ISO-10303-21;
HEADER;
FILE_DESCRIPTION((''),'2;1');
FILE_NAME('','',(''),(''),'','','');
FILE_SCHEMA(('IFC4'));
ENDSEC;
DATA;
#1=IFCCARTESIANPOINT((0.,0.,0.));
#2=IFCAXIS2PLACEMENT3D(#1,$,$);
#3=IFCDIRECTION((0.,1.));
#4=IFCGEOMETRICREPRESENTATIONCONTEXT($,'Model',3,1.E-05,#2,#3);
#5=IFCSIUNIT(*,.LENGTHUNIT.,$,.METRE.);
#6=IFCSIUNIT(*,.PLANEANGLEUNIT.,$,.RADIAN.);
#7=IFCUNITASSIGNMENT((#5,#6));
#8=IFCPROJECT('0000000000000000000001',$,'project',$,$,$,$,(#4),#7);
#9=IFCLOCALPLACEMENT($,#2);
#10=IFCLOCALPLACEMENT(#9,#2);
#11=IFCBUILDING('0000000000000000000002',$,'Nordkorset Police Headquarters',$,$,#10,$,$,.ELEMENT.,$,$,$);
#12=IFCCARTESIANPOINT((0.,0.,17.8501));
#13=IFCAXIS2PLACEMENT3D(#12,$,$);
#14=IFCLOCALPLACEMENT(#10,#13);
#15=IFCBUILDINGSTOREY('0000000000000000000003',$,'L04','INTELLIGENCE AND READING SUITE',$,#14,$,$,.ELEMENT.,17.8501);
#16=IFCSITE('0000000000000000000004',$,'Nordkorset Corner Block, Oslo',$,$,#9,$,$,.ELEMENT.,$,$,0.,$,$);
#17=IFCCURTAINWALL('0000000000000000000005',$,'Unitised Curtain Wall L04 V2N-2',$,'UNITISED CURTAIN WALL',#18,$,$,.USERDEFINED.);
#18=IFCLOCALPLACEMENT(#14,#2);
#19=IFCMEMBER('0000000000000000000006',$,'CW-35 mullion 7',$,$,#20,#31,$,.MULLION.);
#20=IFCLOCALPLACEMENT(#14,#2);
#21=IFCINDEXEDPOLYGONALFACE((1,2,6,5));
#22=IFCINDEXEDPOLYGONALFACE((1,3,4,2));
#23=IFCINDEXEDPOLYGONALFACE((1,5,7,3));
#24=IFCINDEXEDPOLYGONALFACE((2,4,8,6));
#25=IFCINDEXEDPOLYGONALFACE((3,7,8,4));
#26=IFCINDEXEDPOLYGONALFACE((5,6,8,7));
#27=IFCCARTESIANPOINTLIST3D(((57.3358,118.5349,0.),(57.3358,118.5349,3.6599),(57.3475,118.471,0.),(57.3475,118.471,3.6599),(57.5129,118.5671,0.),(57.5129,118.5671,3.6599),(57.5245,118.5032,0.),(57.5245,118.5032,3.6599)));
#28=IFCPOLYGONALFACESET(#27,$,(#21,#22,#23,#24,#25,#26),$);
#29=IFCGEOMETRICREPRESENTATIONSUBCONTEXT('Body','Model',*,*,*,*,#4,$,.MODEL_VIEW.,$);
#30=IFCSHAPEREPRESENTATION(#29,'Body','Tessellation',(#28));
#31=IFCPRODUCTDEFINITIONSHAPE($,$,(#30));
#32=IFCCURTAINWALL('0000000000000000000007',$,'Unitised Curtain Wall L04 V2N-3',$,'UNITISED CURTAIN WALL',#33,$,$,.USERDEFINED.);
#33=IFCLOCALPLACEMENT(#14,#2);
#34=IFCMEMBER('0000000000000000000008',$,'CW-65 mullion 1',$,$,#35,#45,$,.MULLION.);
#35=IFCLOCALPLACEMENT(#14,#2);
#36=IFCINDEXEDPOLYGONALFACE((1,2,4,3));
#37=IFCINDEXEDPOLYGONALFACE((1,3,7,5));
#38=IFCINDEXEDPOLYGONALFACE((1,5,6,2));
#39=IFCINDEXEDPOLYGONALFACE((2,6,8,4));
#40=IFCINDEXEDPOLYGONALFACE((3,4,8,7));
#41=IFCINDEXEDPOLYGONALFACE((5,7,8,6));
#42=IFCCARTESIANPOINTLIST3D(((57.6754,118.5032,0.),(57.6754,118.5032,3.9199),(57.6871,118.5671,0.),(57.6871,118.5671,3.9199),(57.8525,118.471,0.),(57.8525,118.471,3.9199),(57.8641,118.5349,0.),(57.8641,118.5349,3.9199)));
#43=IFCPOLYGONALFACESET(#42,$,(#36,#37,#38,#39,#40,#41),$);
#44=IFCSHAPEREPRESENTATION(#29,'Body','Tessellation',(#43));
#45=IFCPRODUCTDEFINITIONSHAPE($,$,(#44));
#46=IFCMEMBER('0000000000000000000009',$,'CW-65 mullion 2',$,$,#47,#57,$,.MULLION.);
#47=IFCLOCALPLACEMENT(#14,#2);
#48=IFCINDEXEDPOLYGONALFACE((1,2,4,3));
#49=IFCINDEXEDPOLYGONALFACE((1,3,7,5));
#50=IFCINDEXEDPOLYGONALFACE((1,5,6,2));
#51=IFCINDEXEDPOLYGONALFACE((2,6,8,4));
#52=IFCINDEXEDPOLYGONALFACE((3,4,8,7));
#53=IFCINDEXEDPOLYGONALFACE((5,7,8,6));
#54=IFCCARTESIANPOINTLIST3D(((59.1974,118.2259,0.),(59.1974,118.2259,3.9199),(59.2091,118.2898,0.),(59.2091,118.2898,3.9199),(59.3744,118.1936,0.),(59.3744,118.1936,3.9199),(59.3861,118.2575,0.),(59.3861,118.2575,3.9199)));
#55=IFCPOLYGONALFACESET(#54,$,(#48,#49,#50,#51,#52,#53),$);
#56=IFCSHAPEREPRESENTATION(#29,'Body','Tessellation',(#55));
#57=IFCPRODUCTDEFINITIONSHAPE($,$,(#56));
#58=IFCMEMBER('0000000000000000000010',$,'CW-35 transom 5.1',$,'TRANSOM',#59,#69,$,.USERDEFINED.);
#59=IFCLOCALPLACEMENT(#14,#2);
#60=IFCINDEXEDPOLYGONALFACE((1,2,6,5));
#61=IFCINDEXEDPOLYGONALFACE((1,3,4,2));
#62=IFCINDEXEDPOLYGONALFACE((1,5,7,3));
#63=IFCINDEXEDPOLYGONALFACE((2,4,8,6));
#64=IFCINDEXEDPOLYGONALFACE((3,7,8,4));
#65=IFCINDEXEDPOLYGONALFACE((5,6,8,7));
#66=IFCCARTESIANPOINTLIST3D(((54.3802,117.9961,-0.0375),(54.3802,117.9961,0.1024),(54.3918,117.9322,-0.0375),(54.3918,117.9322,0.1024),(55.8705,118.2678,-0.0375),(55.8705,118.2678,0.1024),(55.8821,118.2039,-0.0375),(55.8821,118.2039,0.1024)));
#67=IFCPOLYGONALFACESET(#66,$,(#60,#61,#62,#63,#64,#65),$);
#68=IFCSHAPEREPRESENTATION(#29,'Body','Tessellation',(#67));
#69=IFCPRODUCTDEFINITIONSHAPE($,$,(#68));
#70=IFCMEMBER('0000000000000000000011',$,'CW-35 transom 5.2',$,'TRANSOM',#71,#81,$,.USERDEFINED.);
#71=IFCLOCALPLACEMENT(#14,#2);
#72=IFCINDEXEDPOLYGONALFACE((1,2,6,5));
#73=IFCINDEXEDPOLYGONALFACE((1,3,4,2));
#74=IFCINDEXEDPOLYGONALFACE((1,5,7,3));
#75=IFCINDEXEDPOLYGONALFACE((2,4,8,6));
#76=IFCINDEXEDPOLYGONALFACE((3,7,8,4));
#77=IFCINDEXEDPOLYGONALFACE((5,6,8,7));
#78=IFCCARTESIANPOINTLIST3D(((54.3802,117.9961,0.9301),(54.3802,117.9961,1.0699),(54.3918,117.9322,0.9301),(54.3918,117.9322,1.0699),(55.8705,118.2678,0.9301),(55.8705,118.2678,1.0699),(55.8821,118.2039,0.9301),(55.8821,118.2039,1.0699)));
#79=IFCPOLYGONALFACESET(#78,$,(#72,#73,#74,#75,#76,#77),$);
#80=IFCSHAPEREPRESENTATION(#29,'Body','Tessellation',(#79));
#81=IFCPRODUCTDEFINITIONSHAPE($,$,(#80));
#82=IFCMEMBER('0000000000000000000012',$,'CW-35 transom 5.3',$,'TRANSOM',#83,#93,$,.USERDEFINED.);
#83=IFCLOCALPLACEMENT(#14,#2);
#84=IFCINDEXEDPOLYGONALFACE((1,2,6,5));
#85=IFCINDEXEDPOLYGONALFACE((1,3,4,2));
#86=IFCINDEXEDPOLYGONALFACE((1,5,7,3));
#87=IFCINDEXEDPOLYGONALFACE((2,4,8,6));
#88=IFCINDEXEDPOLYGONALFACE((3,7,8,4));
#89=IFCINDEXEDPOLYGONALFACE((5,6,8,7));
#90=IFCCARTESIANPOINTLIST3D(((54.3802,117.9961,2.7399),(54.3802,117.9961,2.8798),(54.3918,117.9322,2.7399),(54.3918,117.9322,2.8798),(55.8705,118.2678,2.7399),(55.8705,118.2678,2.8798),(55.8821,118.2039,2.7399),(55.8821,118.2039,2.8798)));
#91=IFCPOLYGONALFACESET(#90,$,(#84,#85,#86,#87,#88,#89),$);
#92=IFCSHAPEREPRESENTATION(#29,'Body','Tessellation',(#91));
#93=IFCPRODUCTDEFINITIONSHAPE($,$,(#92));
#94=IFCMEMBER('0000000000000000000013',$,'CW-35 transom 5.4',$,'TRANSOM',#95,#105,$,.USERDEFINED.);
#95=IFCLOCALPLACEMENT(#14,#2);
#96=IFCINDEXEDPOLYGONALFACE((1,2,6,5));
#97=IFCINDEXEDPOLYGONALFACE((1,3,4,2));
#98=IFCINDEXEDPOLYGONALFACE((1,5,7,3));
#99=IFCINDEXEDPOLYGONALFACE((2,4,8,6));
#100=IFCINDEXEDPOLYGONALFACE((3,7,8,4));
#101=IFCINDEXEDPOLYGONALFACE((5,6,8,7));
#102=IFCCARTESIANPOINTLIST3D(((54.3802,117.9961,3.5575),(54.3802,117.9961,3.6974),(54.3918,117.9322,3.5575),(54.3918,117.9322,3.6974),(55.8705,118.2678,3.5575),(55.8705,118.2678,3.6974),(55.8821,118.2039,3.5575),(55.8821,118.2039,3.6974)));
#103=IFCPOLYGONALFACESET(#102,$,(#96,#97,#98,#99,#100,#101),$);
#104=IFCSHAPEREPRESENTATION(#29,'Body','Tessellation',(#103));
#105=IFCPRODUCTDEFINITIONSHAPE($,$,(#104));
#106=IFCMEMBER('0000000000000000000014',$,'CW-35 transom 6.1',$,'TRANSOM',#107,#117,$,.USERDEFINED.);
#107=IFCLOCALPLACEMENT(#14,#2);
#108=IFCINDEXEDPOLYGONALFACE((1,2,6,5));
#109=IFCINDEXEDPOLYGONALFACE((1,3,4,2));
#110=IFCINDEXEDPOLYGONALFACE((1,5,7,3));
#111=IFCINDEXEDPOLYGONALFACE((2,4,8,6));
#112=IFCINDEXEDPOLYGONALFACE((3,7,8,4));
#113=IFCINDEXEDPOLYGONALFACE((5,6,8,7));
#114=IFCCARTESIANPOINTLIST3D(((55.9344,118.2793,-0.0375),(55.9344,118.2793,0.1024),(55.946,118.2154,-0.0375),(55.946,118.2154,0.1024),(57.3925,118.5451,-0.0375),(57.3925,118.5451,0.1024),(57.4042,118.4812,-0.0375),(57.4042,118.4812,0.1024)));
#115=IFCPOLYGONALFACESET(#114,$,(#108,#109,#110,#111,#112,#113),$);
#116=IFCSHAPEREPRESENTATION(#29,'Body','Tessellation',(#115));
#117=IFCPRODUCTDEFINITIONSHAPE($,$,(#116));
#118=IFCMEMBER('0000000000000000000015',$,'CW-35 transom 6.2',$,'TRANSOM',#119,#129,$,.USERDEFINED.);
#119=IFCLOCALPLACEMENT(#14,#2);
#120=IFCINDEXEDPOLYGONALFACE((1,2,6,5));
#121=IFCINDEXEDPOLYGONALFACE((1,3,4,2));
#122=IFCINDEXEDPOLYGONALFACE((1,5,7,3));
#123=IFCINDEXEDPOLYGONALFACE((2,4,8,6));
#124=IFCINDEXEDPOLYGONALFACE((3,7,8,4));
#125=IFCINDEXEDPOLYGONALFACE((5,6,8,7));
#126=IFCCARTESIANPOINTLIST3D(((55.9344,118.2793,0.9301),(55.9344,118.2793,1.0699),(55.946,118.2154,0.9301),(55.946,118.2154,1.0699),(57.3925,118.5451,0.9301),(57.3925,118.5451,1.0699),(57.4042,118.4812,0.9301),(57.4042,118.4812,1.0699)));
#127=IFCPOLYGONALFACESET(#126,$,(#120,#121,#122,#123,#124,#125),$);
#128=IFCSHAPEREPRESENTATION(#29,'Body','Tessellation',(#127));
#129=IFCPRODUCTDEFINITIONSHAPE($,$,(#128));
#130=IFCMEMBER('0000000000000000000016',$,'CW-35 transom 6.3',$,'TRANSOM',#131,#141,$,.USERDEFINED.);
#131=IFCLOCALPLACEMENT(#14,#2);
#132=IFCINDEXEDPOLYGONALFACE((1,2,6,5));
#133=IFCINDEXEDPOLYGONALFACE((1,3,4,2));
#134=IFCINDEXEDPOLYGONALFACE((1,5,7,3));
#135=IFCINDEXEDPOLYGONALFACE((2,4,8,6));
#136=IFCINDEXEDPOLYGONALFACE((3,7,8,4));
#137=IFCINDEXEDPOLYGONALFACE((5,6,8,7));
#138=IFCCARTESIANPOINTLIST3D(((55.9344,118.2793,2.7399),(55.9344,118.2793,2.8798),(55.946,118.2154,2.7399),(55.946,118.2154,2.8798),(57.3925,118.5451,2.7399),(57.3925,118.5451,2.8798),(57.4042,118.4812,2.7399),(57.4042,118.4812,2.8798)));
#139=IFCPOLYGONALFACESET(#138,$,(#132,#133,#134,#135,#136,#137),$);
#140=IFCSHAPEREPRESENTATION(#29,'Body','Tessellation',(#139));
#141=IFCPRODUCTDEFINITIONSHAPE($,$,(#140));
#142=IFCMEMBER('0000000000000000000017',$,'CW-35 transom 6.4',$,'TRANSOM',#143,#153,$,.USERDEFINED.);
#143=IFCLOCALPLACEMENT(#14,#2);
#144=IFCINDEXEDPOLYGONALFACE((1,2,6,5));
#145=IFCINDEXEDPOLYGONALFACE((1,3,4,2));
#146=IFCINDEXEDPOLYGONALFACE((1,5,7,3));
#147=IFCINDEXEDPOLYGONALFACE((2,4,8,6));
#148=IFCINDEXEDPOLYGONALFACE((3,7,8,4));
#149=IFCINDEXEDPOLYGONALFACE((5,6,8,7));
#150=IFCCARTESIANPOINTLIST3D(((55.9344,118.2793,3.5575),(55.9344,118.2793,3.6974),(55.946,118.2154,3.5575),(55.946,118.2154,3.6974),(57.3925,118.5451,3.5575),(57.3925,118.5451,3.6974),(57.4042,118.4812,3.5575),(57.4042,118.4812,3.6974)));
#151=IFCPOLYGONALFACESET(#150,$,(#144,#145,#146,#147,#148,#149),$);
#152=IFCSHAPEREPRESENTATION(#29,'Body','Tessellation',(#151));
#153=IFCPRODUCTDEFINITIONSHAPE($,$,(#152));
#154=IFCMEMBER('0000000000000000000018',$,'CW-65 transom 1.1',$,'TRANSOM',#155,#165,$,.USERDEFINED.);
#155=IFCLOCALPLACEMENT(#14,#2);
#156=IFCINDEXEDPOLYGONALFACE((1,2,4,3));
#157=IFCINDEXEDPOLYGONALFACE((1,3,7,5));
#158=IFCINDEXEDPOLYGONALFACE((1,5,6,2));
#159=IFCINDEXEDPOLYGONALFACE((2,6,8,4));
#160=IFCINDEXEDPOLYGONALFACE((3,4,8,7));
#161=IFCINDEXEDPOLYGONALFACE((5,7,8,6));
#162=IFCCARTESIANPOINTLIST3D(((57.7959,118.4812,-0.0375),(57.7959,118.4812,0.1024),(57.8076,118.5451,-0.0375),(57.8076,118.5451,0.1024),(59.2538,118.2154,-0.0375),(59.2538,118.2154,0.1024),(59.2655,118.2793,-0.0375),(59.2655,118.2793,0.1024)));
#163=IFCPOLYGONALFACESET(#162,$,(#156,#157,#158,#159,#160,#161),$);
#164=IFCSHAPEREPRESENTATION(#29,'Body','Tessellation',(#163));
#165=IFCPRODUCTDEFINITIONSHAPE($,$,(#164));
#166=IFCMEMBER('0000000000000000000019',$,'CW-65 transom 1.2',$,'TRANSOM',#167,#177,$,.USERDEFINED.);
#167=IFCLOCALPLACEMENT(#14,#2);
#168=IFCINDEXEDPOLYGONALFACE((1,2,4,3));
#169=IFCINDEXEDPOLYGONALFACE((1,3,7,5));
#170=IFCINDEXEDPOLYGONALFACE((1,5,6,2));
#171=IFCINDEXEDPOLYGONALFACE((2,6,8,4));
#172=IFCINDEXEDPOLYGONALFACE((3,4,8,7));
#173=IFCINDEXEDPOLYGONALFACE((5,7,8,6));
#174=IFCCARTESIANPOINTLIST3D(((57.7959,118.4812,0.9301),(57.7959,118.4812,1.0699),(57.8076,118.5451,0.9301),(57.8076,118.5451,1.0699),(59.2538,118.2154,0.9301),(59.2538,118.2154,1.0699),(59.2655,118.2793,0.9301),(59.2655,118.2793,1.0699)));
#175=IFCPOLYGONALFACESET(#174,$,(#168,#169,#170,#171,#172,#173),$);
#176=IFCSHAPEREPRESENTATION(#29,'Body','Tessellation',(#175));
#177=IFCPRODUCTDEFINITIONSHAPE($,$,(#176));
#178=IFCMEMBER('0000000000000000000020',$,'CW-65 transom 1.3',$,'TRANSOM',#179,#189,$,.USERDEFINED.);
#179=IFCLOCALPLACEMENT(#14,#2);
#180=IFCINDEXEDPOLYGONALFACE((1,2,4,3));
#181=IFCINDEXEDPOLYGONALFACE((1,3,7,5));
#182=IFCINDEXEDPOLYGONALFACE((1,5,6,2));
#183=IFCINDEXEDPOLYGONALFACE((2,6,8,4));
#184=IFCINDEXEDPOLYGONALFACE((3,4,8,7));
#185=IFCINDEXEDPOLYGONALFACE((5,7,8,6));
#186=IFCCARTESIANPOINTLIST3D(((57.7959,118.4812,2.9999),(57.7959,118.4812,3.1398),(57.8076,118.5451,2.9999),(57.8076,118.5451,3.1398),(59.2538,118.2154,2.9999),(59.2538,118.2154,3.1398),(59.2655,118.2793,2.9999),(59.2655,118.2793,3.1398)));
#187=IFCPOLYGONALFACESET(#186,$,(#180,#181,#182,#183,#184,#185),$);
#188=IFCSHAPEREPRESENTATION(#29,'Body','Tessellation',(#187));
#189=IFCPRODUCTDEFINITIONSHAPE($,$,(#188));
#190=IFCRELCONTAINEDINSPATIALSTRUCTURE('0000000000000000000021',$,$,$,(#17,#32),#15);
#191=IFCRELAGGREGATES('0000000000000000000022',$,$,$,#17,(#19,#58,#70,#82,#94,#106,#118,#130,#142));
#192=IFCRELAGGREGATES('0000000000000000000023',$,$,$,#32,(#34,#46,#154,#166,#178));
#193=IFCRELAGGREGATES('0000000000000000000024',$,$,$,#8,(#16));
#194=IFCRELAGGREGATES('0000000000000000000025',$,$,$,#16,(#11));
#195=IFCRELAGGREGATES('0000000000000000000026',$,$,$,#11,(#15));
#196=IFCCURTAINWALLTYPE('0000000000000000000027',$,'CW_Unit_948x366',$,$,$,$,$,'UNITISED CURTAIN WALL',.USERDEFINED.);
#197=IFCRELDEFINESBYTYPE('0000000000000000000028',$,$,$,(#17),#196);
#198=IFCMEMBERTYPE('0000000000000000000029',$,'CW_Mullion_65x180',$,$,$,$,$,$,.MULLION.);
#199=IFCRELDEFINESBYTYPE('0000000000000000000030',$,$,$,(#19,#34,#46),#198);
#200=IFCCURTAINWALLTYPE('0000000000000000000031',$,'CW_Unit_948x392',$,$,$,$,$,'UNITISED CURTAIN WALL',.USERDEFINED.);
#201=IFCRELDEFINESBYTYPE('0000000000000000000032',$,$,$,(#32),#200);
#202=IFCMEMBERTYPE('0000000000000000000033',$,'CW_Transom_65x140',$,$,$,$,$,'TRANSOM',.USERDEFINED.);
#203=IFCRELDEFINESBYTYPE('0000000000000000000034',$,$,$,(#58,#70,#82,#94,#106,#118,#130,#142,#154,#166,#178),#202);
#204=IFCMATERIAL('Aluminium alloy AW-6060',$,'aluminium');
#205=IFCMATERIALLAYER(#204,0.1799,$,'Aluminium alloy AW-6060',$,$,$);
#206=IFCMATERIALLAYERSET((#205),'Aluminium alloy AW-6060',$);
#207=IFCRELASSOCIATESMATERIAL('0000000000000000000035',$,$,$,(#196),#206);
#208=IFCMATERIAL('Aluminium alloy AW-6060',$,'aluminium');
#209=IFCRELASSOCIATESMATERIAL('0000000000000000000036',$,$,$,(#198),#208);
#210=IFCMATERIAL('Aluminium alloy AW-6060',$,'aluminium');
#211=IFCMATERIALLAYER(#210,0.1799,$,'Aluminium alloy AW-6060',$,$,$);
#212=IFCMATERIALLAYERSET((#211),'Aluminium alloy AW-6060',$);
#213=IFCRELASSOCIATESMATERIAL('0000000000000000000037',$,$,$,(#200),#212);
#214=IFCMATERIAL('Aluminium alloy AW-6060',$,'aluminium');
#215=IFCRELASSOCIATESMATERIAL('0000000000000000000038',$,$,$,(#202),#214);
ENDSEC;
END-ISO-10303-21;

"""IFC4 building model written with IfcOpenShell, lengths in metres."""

from ifc_helpers import new_model, si_unit, direction, frame, origin, origin_2d, place, context, subcontext, project, spatial, rectangle, extrude, material, layer, layer_set, material_profile, profile_set, type_object, element, aggregate, save


model = new_model("IFC4")

# Units and contexts
model_context = context("Model", 3, precision=1e-05, world=origin(), true_north=direction((0.0, 1.0)))
body_context = subcontext(model_context, "Body", "Model", "MODEL_VIEW")
ifc_project = project(units=[si_unit("LENGTHUNIT", "METRE"), si_unit("PLANEANGLEUNIT", "RADIAN")], contexts=[model_context])

# Site, building, storey
site_placement = place(None, origin())
site = spatial("IfcSite", under=ifc_project, at=site_placement, Name="Nordkorset Corner Block, Oslo", CompositionType="ELEMENT", RefElevation=0.0)
building_placement = place(site_placement, origin())
building = spatial("IfcBuilding", under=site, at=building_placement, Name="Nordkorset Police Headquarters", CompositionType="ELEMENT")
storey_placement = place(building_placement, frame((0.0, 0.0, 17.8501)))
storey = spatial("IfcBuildingStorey", under=building, at=storey_placement, Name="L04", Description="INTELLIGENCE AND READING SUITE", CompositionType="ELEMENT", Elevation=17.8501)

# Curtain walls, members
ifc_material_1 = material(Name="Aluminium alloy AW-6060", Category="aluminium")
ifc_layer_1 = layer(ifc_material_1, 0.1799, Name="Aluminium alloy AW-6060")
ifc_layer_set_1 = layer_set([ifc_layer_1], Name="Aluminium alloy AW-6060")
curtain_wall_type_1 = type_object("IfcCurtainWallType", Name="CW_Unit_948x366", ElementType="UNITISED CURTAIN WALL", PredefinedType="USERDEFINED", material=ifc_layer_set_1)
curtain_wall_1_placement = place(storey_placement, origin())
curtain_wall_1 = element("IfcCurtainWall", 1, at=curtain_wall_1_placement, inside=storey, type_object=curtain_wall_type_1, Name="Unitised Curtain Wall L04 V2N-2", ObjectType="UNITISED CURTAIN WALL", PredefinedType="USERDEFINED")
ifc_material_2 = material(Name="Aluminium alloy AW-6060", Category="aluminium")
ifc_material_profile_1 = material_profile(ifc_material_2, rectangle(XDim=0.0649, YDim=0.1799, at=origin_2d()), Name="ALU MULL 65x180")
ifc_profile_set_1 = profile_set([ifc_material_profile_1], Name="Aluminium alloy AW-6060")
member_type_1 = type_object("IfcMemberType", Name="CW_Mullion_65x180", PredefinedType="MULLION", material=ifc_profile_set_1)
member_1_placement = place(storey_placement, frame((57.4302, 118.519, 0.0), z_axis=(0.0, 0.0, 1.0), x_axis=(-0.179336, 0.983788, 0.0)))
member_1 = element("IfcMember", 2, at=member_1_placement, type_object=member_type_1, Name="CW-35 mullion 7", PredefinedType="MULLION", context=body_context, shape_type="SweptSolid", body=[
    extrude(rectangle(XDim=0.0649, YDim=0.1799, at=origin_2d()), origin(), (0.0, 0.0, 1.0), 3.6599),
])
ifc_material_3 = material(Name="Aluminium alloy AW-6060", Category="aluminium")
ifc_layer_2 = layer(ifc_material_3, 0.1799, Name="Aluminium alloy AW-6060")
ifc_layer_set_2 = layer_set([ifc_layer_2], Name="Aluminium alloy AW-6060")
curtain_wall_type_2 = type_object("IfcCurtainWallType", Name="CW_Unit_948x392", ElementType="UNITISED CURTAIN WALL", PredefinedType="USERDEFINED", material=ifc_layer_set_2)
curtain_wall_2_placement = place(storey_placement, origin())
curtain_wall_2 = element("IfcCurtainWall", 3, at=curtain_wall_2_placement, inside=storey, type_object=curtain_wall_type_2, Name="Unitised Curtain Wall L04 V2N-3", ObjectType="UNITISED CURTAIN WALL", PredefinedType="USERDEFINED")
member_2_placement = place(storey_placement, frame((57.7698, 118.519, 0.0), z_axis=(0.0, 0.0, 1.0), x_axis=(0.179336, 0.983788, 0.0)))
member_2 = element("IfcMember", 4, at=member_2_placement, type_object=member_type_1, Name="CW-65 mullion 1", PredefinedType="MULLION", context=body_context, shape_type="SweptSolid", body=[
    extrude(rectangle(XDim=0.0649, YDim=0.1799, at=origin_2d()), origin(), (0.0, 0.0, 1.0), 3.9199),
])
member_3_placement = place(storey_placement, frame((59.2917, 118.2417, 0.0), z_axis=(0.0, 0.0, 1.0), x_axis=(0.179336, 0.983788, 0.0)))
member_3 = element("IfcMember", 5, at=member_3_placement, type_object=member_type_1, Name="CW-65 mullion 2", PredefinedType="MULLION", context=body_context, shape_type="SweptSolid", body=[
    extrude(rectangle(XDim=0.0649, YDim=0.1799, at=origin_2d()), origin(), (0.0, 0.0, 1.0), 3.9199),
])

# Members
ifc_material_4 = material(Name="Aluminium alloy AW-6060", Category="aluminium")
ifc_material_profile_2 = material_profile(ifc_material_4, rectangle(XDim=0.0649, YDim=0.1399, at=origin_2d()), Name="ALU TRAN 65x140")
ifc_profile_set_2 = profile_set([ifc_material_profile_2], Name="Aluminium alloy AW-6060")
member_type_2 = type_object("IfcMemberType", Name="CW_Transom_65x140", ElementType="TRANSOM", PredefinedType="USERDEFINED", material=ifc_profile_set_2)
member_4_placement = place(storey_placement, frame((54.386, 117.9641, 0.0325), z_axis=(0.98378, 0.179382, 0.0), x_axis=(-0.179382, 0.98378, 0.0)))
member_4 = element("IfcMember", 6, at=member_4_placement, type_object=member_type_2, Name="CW-35 transom 5.1", ObjectType="TRANSOM", PredefinedType="USERDEFINED", context=body_context, shape_type="SweptSolid", body=[
    extrude(rectangle(XDim=0.0649, YDim=0.1399, at=origin_2d()), origin(), (0.0, 0.0, 1.0), 1.5149),
])
member_5_placement = place(storey_placement, frame((54.386, 117.9641, 1.0), z_axis=(0.98378, 0.179382, 0.0), x_axis=(-0.179382, 0.98378, 0.0)))
member_5 = element("IfcMember", 7, at=member_5_placement, type_object=member_type_2, Name="CW-35 transom 5.2", ObjectType="TRANSOM", PredefinedType="USERDEFINED", context=body_context, shape_type="SweptSolid", body=[
    extrude(rectangle(XDim=0.0649, YDim=0.1399, at=origin_2d()), origin(), (0.0, 0.0, 1.0), 1.5149),
])
member_6_placement = place(storey_placement, frame((54.386, 117.9641, 2.8098), z_axis=(0.98378, 0.179382, 0.0), x_axis=(-0.179382, 0.98378, 0.0)))
member_6 = element("IfcMember", 8, at=member_6_placement, type_object=member_type_2, Name="CW-35 transom 5.3", ObjectType="TRANSOM", PredefinedType="USERDEFINED", context=body_context, shape_type="SweptSolid", body=[
    extrude(rectangle(XDim=0.0649, YDim=0.1399, at=origin_2d()), origin(), (0.0, 0.0, 1.0), 1.5149),
])
member_7_placement = place(storey_placement, frame((54.386, 117.9641, 3.6274), z_axis=(0.98378, 0.179382, 0.0), x_axis=(-0.179382, 0.98378, 0.0)))
member_7 = element("IfcMember", 9, at=member_7_placement, type_object=member_type_2, Name="CW-35 transom 5.4", ObjectType="TRANSOM", PredefinedType="USERDEFINED", context=body_context, shape_type="SweptSolid", body=[
    extrude(rectangle(XDim=0.0649, YDim=0.1399, at=origin_2d()), origin(), (0.0, 0.0, 1.0), 1.5149),
])
member_8_placement = place(storey_placement, frame((55.9402, 118.2473, 0.0325), z_axis=(0.983783, 0.179364, 0.0), x_axis=(-0.179364, 0.983783, 0.0)))
member_8 = element("IfcMember", 10, at=member_8_placement, type_object=member_type_2, Name="CW-35 transom 6.1", ObjectType="TRANSOM", PredefinedType="USERDEFINED", context=body_context, shape_type="SweptSolid", body=[
    extrude(rectangle(XDim=0.0649, YDim=0.1399, at=origin_2d()), origin(), (0.0, 0.0, 1.0), 1.4822),
])
member_9_placement = place(storey_placement, frame((55.9402, 118.2473, 1.0), z_axis=(0.983783, 0.179364, 0.0), x_axis=(-0.179364, 0.983783, 0.0)))
member_9 = element("IfcMember", 11, at=member_9_placement, type_object=member_type_2, Name="CW-35 transom 6.2", ObjectType="TRANSOM", PredefinedType="USERDEFINED", context=body_context, shape_type="SweptSolid", body=[
    extrude(rectangle(XDim=0.0649, YDim=0.1399, at=origin_2d()), origin(), (0.0, 0.0, 1.0), 1.4822),
])
member_10_placement = place(storey_placement, frame((55.9402, 118.2473, 2.8098), z_axis=(0.983783, 0.179364, 0.0), x_axis=(-0.179364, 0.983783, 0.0)))
member_10 = element("IfcMember", 12, at=member_10_placement, type_object=member_type_2, Name="CW-35 transom 6.3", ObjectType="TRANSOM", PredefinedType="USERDEFINED", context=body_context, shape_type="SweptSolid", body=[
    extrude(rectangle(XDim=0.0649, YDim=0.1399, at=origin_2d()), origin(), (0.0, 0.0, 1.0), 1.4822),
])
member_11_placement = place(storey_placement, frame((55.9402, 118.2473, 3.6274), z_axis=(0.983783, 0.179364, 0.0), x_axis=(-0.179364, 0.983783, 0.0)))
member_11 = element("IfcMember", 13, at=member_11_placement, type_object=member_type_2, Name="CW-35 transom 6.4", ObjectType="TRANSOM", PredefinedType="USERDEFINED", context=body_context, shape_type="SweptSolid", body=[
    extrude(rectangle(XDim=0.0649, YDim=0.1399, at=origin_2d()), origin(), (0.0, 0.0, 1.0), 1.4822),
])
member_12_placement = place(storey_placement, frame((57.8018, 118.5132, 0.0325), z_axis=(0.983778, -0.179393, 0.0), x_axis=(0.179393, 0.983778, 0.0)))
member_12 = element("IfcMember", 14, at=member_12_placement, type_object=member_type_2, Name="CW-65 transom 1.1", ObjectType="TRANSOM", PredefinedType="USERDEFINED", context=body_context, shape_type="SweptSolid", body=[
    extrude(rectangle(XDim=0.0649, YDim=0.1399, at=origin_2d()), origin(), (0.0, 0.0, 1.0), 1.4819),
])
member_13_placement = place(storey_placement, frame((57.8018, 118.5132, 1.0), z_axis=(0.983778, -0.179393, 0.0), x_axis=(0.179393, 0.983778, 0.0)))
member_13 = element("IfcMember", 15, at=member_13_placement, type_object=member_type_2, Name="CW-65 transom 1.2", ObjectType="TRANSOM", PredefinedType="USERDEFINED", context=body_context, shape_type="SweptSolid", body=[
    extrude(rectangle(XDim=0.0649, YDim=0.1399, at=origin_2d()), origin(), (0.0, 0.0, 1.0), 1.4819),
])
member_14_placement = place(storey_placement, frame((57.8018, 118.5132, 3.0698), z_axis=(0.983778, -0.179393, 0.0), x_axis=(0.179393, 0.983778, 0.0)))
member_14 = element("IfcMember", 16, at=member_14_placement, type_object=member_type_2, Name="CW-65 transom 1.3", ObjectType="TRANSOM", PredefinedType="USERDEFINED", context=body_context, shape_type="SweptSolid", body=[
    extrude(rectangle(XDim=0.0649, YDim=0.1399, at=origin_2d()), origin(), (0.0, 0.0, 1.0), 1.4819),
])

aggregate(curtain_wall_1, [member_1, member_4, member_5, member_6, member_7, member_8, member_9, member_10, member_11])
aggregate(curtain_wall_2, [member_2, member_3, member_12, member_13, member_14])

save(model, "model.ifc")
